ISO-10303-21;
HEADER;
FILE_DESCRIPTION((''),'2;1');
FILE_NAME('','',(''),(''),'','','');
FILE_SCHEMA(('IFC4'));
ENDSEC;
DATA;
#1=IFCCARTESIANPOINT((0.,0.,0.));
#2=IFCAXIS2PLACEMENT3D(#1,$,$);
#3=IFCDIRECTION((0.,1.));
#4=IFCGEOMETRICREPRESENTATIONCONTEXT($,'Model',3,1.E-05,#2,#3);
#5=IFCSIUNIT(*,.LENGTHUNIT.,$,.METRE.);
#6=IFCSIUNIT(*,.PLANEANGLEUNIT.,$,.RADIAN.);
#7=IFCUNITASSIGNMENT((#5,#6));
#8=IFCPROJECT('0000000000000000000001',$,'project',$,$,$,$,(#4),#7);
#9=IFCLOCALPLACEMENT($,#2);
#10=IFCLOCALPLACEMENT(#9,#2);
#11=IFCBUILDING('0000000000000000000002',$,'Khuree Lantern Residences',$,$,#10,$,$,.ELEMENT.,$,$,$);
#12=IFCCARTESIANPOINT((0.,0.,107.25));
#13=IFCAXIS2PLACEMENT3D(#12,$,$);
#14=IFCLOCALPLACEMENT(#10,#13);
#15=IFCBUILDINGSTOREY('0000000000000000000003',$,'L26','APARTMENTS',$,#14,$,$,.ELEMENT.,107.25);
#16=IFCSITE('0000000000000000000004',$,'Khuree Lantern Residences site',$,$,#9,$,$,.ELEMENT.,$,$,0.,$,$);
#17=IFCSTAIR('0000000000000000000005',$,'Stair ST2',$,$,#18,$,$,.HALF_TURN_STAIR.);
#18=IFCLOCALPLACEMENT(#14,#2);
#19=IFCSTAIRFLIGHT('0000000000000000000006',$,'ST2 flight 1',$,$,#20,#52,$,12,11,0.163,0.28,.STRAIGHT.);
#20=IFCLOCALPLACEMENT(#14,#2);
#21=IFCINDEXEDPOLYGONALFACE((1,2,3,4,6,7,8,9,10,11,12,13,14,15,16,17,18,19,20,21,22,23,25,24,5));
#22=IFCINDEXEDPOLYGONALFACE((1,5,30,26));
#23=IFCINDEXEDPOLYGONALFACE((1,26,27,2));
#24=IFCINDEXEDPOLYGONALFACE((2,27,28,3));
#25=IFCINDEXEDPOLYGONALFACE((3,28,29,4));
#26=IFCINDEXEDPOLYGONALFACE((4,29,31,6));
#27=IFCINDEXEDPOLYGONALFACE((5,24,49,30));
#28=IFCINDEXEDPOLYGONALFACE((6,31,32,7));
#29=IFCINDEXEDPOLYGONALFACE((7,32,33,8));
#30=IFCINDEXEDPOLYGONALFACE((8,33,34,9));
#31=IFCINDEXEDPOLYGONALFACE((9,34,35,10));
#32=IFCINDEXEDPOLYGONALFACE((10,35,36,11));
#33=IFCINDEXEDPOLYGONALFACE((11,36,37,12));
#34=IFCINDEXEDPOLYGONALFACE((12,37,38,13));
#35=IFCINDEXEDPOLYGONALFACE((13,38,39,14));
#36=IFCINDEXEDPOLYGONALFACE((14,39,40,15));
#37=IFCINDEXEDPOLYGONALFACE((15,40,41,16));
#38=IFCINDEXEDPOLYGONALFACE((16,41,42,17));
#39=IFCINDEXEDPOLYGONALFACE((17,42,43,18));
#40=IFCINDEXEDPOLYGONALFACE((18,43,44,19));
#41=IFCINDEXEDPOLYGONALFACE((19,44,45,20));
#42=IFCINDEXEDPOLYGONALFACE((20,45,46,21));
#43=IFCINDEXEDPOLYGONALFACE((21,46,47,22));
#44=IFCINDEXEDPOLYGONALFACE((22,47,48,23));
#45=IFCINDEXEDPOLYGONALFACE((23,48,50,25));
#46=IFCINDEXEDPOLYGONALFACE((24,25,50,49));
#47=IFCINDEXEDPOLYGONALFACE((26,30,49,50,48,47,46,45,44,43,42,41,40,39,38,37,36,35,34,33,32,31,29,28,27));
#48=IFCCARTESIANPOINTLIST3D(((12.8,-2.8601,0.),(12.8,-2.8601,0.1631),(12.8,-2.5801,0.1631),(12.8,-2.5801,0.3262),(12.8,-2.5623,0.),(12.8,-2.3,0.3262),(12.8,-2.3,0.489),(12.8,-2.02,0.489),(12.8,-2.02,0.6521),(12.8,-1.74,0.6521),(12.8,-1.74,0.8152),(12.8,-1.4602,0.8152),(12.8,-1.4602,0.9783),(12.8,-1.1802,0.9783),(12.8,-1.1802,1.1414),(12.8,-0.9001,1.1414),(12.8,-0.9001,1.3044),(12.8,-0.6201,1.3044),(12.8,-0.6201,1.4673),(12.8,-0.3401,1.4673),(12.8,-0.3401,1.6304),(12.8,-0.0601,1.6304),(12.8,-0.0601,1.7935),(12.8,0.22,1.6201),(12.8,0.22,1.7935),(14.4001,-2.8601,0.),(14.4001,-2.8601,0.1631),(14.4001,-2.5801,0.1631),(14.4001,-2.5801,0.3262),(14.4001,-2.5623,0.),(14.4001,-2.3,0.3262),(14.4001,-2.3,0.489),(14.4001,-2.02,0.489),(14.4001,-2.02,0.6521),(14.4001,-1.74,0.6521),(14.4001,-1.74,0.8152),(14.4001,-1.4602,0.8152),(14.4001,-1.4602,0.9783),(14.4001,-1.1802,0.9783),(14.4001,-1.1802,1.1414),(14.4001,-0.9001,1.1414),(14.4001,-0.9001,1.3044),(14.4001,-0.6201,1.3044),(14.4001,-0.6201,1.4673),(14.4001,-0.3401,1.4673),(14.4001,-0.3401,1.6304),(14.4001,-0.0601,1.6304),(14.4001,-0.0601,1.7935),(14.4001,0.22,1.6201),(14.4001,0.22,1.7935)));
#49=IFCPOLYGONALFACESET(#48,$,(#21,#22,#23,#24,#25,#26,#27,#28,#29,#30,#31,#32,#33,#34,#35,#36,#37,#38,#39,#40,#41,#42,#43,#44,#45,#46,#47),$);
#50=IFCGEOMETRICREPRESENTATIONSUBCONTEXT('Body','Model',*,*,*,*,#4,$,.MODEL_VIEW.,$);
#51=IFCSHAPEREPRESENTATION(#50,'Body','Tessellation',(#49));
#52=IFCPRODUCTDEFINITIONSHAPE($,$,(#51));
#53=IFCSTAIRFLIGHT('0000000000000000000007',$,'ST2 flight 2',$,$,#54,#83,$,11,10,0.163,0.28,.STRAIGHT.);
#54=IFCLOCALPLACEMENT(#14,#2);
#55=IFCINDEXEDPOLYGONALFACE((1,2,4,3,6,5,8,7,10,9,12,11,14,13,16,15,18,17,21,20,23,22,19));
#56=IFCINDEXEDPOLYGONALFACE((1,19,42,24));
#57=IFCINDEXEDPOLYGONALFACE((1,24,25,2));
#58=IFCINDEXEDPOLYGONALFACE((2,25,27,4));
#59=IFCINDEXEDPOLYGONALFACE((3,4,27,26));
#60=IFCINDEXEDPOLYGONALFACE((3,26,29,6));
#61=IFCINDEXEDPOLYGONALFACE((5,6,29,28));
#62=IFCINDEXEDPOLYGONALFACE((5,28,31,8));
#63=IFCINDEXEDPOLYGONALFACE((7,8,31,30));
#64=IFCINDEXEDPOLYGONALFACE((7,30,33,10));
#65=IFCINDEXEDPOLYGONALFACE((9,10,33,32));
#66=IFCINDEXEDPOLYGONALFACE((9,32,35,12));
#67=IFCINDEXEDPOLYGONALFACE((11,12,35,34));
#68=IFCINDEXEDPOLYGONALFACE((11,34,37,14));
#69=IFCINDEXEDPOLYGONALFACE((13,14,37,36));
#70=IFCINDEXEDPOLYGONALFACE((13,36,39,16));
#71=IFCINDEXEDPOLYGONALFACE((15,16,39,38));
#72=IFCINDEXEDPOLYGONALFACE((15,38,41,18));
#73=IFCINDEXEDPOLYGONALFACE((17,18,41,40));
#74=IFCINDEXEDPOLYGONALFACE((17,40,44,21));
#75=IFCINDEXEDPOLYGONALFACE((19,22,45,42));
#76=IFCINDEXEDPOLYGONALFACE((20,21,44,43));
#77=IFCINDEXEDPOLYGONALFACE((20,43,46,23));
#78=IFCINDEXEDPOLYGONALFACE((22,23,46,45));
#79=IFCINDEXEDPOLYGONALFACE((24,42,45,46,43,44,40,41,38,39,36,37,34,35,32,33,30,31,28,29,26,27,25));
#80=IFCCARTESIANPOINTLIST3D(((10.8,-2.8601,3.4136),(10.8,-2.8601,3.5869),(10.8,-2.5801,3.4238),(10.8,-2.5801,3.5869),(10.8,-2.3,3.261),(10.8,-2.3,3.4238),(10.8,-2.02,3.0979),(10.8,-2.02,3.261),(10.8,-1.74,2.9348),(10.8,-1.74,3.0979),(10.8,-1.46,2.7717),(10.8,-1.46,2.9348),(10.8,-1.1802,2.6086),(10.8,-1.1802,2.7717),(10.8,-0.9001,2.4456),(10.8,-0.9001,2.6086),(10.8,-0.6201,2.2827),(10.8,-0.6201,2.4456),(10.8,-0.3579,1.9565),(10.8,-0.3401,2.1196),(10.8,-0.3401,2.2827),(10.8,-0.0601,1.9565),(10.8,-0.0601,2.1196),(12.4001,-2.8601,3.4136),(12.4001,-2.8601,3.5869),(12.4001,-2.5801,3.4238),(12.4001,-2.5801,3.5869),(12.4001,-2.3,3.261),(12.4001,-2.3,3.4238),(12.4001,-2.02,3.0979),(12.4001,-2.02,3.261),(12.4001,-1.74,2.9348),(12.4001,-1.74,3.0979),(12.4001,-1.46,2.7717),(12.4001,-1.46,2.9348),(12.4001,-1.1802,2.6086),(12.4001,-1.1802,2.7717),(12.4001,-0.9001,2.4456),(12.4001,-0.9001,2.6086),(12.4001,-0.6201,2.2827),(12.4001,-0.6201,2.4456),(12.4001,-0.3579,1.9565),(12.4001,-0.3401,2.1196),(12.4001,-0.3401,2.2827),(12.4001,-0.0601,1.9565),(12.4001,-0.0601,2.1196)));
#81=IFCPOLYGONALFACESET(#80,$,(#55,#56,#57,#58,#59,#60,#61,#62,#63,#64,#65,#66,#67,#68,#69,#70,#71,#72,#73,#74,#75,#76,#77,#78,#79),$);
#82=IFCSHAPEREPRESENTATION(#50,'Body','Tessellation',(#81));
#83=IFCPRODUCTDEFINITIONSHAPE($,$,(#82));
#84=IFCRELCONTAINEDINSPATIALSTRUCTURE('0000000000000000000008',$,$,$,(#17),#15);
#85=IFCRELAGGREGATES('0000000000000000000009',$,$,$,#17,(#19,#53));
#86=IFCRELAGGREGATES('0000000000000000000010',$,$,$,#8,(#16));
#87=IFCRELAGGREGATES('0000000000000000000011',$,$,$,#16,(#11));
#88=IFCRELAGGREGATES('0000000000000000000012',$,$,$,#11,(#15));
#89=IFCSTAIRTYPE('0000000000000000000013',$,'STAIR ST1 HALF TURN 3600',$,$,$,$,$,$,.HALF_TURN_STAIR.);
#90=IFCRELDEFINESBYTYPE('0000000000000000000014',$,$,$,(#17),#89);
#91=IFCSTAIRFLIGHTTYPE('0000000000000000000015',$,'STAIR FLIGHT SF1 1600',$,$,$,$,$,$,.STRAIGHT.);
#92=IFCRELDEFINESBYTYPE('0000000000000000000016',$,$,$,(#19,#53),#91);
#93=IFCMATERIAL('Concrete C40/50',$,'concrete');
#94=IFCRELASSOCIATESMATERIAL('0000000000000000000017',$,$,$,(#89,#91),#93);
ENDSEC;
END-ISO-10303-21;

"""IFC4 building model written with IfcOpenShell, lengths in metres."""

from ifc_helpers import new_model, si_unit, direction, frame, origin, place, context, subcontext, project, spatial, polyline, outline, extrude, material, type_object, element, aggregate, save


model = new_model("IFC4")

# Units and contexts
model_context = context("Model", 3, precision=1e-05, world=origin(), true_north=direction((0.0, 1.0)))
body_context = subcontext(model_context, "Body", "Model", "MODEL_VIEW")
ifc_project = project(units=[si_unit("LENGTHUNIT", "METRE"), si_unit("PLANEANGLEUNIT", "RADIAN")], contexts=[model_context])

# Site, building, storey
site_placement = place(None, origin())
site = spatial("IfcSite", under=ifc_project, at=site_placement, Name="Khuree Lantern Residences site", CompositionType="ELEMENT", RefElevation=0.0)
building_placement = place(site_placement, origin())
building = spatial("IfcBuilding", under=site, at=building_placement, Name="Khuree Lantern Residences", CompositionType="ELEMENT")
storey_placement = place(building_placement, frame((0.0, 0.0, 107.25)))
storey = spatial("IfcBuildingStorey", under=building, at=storey_placement, Name="L26", Description="APARTMENTS", CompositionType="ELEMENT", Elevation=107.25)

# Stair
ifc_material_1 = material(Name="Concrete C40/50", Category="concrete")
stair_type = type_object("IfcStairType", Name="STAIR ST1 HALF TURN 3600", PredefinedType="HALF_TURN_STAIR", material=ifc_material_1)
stair_1_placement = place(storey_placement, origin())
stair_1 = element("IfcStair", 1, at=stair_1_placement, inside=storey, type_object=stair_type, Name="Stair ST2", PredefinedType="HALF_TURN_STAIR")

# Stair flights
stair_flight_type = type_object("IfcStairFlightType", Name="STAIR FLIGHT SF1 1600", PredefinedType="STRAIGHT", material=ifc_material_1)
stair_flight_1_placement = place(storey_placement, frame((13.6001, -2.8601, 0.0), z_axis=(0.0, 0.0, 1.0), x_axis=(0.0, 1.0, 0.0)))
stair_flight_1 = element("IfcStairFlight", 2, at=stair_flight_1_placement, type_object=stair_flight_type, Name="ST2 flight 1", NumberOfRisers=12, NumberOfTreads=11, PredefinedType="STRAIGHT", RiserHeight=0.163, TreadLength=0.28, context=body_context, shape_type="SweptSolid", body=[
    extrude(outline(polyline([(0.0, 0.0), (0.0, 0.1631), (0.28, 0.1631), (0.28, 0.3262), (0.5601, 0.3262), (0.5601, 0.489), (0.8401, 0.489), (0.8401, 0.6521), (1.1201, 0.6521), (1.1201, 0.8152), (1.3999, 0.8152), (1.3999, 0.9783), (1.6799, 0.9783), (1.6799, 1.1414), (1.96, 1.1414), (1.96, 1.3044), (2.24, 1.3044), (2.24, 1.4673), (2.52, 1.4673), (2.52, 1.6304), (2.8, 1.6304), (2.8, 1.7935), (3.0801, 1.7935), (3.0801, 1.9565), (3.0801, 1.6201), (0.2979, 0.0), (0.0, 0.0)])), frame((0.0, 0.8, 0.0), z_axis=(0.0, -1.0, 0.0), x_axis=(1.0, 0.0, 0.0)), (0.0, 0.0, 1.0), 1.6001),
])
stair_flight_2_placement = place(storey_placement, frame((11.6001, -0.0601, 1.9565), z_axis=(0.0, 0.0, 1.0), x_axis=(0.0, -1.0, 0.0)))
stair_flight_2 = element("IfcStairFlight", 3, at=stair_flight_2_placement, type_object=stair_flight_type, Name="ST2 flight 2", NumberOfRisers=11, NumberOfTreads=10, PredefinedType="STRAIGHT", RiserHeight=0.163, TreadLength=0.28, context=body_context, shape_type="SweptSolid", body=[
    extrude(outline(polyline([(0.0, 0.0), (0.0, 0.1631), (0.28, 0.1631), (0.28, 0.3262), (0.5601, 0.3262), (0.5601, 0.489), (0.8401, 0.489), (0.8401, 0.6521), (1.1201, 0.6521), (1.1201, 0.8152), (1.3999, 0.8152), (1.3999, 0.9783), (1.6799, 0.9783), (1.6799, 1.1414), (1.96, 1.1414), (1.96, 1.3044), (2.24, 1.3044), (2.24, 1.4673), (2.52, 1.4673), (2.52, 1.6304), (2.8, 1.6304), (2.8, 1.7935), (2.8, 1.457), (0.2979, 0.0), (0.0, 0.0)])), frame((0.0, 0.8, 0.0), z_axis=(0.0, -1.0, 0.0), x_axis=(1.0, 0.0, 0.0)), (0.0, 0.0, 1.0), 1.6001),
])
aggregate(stair_1, [stair_flight_1, stair_flight_2])

save(model, "model.ifc")
